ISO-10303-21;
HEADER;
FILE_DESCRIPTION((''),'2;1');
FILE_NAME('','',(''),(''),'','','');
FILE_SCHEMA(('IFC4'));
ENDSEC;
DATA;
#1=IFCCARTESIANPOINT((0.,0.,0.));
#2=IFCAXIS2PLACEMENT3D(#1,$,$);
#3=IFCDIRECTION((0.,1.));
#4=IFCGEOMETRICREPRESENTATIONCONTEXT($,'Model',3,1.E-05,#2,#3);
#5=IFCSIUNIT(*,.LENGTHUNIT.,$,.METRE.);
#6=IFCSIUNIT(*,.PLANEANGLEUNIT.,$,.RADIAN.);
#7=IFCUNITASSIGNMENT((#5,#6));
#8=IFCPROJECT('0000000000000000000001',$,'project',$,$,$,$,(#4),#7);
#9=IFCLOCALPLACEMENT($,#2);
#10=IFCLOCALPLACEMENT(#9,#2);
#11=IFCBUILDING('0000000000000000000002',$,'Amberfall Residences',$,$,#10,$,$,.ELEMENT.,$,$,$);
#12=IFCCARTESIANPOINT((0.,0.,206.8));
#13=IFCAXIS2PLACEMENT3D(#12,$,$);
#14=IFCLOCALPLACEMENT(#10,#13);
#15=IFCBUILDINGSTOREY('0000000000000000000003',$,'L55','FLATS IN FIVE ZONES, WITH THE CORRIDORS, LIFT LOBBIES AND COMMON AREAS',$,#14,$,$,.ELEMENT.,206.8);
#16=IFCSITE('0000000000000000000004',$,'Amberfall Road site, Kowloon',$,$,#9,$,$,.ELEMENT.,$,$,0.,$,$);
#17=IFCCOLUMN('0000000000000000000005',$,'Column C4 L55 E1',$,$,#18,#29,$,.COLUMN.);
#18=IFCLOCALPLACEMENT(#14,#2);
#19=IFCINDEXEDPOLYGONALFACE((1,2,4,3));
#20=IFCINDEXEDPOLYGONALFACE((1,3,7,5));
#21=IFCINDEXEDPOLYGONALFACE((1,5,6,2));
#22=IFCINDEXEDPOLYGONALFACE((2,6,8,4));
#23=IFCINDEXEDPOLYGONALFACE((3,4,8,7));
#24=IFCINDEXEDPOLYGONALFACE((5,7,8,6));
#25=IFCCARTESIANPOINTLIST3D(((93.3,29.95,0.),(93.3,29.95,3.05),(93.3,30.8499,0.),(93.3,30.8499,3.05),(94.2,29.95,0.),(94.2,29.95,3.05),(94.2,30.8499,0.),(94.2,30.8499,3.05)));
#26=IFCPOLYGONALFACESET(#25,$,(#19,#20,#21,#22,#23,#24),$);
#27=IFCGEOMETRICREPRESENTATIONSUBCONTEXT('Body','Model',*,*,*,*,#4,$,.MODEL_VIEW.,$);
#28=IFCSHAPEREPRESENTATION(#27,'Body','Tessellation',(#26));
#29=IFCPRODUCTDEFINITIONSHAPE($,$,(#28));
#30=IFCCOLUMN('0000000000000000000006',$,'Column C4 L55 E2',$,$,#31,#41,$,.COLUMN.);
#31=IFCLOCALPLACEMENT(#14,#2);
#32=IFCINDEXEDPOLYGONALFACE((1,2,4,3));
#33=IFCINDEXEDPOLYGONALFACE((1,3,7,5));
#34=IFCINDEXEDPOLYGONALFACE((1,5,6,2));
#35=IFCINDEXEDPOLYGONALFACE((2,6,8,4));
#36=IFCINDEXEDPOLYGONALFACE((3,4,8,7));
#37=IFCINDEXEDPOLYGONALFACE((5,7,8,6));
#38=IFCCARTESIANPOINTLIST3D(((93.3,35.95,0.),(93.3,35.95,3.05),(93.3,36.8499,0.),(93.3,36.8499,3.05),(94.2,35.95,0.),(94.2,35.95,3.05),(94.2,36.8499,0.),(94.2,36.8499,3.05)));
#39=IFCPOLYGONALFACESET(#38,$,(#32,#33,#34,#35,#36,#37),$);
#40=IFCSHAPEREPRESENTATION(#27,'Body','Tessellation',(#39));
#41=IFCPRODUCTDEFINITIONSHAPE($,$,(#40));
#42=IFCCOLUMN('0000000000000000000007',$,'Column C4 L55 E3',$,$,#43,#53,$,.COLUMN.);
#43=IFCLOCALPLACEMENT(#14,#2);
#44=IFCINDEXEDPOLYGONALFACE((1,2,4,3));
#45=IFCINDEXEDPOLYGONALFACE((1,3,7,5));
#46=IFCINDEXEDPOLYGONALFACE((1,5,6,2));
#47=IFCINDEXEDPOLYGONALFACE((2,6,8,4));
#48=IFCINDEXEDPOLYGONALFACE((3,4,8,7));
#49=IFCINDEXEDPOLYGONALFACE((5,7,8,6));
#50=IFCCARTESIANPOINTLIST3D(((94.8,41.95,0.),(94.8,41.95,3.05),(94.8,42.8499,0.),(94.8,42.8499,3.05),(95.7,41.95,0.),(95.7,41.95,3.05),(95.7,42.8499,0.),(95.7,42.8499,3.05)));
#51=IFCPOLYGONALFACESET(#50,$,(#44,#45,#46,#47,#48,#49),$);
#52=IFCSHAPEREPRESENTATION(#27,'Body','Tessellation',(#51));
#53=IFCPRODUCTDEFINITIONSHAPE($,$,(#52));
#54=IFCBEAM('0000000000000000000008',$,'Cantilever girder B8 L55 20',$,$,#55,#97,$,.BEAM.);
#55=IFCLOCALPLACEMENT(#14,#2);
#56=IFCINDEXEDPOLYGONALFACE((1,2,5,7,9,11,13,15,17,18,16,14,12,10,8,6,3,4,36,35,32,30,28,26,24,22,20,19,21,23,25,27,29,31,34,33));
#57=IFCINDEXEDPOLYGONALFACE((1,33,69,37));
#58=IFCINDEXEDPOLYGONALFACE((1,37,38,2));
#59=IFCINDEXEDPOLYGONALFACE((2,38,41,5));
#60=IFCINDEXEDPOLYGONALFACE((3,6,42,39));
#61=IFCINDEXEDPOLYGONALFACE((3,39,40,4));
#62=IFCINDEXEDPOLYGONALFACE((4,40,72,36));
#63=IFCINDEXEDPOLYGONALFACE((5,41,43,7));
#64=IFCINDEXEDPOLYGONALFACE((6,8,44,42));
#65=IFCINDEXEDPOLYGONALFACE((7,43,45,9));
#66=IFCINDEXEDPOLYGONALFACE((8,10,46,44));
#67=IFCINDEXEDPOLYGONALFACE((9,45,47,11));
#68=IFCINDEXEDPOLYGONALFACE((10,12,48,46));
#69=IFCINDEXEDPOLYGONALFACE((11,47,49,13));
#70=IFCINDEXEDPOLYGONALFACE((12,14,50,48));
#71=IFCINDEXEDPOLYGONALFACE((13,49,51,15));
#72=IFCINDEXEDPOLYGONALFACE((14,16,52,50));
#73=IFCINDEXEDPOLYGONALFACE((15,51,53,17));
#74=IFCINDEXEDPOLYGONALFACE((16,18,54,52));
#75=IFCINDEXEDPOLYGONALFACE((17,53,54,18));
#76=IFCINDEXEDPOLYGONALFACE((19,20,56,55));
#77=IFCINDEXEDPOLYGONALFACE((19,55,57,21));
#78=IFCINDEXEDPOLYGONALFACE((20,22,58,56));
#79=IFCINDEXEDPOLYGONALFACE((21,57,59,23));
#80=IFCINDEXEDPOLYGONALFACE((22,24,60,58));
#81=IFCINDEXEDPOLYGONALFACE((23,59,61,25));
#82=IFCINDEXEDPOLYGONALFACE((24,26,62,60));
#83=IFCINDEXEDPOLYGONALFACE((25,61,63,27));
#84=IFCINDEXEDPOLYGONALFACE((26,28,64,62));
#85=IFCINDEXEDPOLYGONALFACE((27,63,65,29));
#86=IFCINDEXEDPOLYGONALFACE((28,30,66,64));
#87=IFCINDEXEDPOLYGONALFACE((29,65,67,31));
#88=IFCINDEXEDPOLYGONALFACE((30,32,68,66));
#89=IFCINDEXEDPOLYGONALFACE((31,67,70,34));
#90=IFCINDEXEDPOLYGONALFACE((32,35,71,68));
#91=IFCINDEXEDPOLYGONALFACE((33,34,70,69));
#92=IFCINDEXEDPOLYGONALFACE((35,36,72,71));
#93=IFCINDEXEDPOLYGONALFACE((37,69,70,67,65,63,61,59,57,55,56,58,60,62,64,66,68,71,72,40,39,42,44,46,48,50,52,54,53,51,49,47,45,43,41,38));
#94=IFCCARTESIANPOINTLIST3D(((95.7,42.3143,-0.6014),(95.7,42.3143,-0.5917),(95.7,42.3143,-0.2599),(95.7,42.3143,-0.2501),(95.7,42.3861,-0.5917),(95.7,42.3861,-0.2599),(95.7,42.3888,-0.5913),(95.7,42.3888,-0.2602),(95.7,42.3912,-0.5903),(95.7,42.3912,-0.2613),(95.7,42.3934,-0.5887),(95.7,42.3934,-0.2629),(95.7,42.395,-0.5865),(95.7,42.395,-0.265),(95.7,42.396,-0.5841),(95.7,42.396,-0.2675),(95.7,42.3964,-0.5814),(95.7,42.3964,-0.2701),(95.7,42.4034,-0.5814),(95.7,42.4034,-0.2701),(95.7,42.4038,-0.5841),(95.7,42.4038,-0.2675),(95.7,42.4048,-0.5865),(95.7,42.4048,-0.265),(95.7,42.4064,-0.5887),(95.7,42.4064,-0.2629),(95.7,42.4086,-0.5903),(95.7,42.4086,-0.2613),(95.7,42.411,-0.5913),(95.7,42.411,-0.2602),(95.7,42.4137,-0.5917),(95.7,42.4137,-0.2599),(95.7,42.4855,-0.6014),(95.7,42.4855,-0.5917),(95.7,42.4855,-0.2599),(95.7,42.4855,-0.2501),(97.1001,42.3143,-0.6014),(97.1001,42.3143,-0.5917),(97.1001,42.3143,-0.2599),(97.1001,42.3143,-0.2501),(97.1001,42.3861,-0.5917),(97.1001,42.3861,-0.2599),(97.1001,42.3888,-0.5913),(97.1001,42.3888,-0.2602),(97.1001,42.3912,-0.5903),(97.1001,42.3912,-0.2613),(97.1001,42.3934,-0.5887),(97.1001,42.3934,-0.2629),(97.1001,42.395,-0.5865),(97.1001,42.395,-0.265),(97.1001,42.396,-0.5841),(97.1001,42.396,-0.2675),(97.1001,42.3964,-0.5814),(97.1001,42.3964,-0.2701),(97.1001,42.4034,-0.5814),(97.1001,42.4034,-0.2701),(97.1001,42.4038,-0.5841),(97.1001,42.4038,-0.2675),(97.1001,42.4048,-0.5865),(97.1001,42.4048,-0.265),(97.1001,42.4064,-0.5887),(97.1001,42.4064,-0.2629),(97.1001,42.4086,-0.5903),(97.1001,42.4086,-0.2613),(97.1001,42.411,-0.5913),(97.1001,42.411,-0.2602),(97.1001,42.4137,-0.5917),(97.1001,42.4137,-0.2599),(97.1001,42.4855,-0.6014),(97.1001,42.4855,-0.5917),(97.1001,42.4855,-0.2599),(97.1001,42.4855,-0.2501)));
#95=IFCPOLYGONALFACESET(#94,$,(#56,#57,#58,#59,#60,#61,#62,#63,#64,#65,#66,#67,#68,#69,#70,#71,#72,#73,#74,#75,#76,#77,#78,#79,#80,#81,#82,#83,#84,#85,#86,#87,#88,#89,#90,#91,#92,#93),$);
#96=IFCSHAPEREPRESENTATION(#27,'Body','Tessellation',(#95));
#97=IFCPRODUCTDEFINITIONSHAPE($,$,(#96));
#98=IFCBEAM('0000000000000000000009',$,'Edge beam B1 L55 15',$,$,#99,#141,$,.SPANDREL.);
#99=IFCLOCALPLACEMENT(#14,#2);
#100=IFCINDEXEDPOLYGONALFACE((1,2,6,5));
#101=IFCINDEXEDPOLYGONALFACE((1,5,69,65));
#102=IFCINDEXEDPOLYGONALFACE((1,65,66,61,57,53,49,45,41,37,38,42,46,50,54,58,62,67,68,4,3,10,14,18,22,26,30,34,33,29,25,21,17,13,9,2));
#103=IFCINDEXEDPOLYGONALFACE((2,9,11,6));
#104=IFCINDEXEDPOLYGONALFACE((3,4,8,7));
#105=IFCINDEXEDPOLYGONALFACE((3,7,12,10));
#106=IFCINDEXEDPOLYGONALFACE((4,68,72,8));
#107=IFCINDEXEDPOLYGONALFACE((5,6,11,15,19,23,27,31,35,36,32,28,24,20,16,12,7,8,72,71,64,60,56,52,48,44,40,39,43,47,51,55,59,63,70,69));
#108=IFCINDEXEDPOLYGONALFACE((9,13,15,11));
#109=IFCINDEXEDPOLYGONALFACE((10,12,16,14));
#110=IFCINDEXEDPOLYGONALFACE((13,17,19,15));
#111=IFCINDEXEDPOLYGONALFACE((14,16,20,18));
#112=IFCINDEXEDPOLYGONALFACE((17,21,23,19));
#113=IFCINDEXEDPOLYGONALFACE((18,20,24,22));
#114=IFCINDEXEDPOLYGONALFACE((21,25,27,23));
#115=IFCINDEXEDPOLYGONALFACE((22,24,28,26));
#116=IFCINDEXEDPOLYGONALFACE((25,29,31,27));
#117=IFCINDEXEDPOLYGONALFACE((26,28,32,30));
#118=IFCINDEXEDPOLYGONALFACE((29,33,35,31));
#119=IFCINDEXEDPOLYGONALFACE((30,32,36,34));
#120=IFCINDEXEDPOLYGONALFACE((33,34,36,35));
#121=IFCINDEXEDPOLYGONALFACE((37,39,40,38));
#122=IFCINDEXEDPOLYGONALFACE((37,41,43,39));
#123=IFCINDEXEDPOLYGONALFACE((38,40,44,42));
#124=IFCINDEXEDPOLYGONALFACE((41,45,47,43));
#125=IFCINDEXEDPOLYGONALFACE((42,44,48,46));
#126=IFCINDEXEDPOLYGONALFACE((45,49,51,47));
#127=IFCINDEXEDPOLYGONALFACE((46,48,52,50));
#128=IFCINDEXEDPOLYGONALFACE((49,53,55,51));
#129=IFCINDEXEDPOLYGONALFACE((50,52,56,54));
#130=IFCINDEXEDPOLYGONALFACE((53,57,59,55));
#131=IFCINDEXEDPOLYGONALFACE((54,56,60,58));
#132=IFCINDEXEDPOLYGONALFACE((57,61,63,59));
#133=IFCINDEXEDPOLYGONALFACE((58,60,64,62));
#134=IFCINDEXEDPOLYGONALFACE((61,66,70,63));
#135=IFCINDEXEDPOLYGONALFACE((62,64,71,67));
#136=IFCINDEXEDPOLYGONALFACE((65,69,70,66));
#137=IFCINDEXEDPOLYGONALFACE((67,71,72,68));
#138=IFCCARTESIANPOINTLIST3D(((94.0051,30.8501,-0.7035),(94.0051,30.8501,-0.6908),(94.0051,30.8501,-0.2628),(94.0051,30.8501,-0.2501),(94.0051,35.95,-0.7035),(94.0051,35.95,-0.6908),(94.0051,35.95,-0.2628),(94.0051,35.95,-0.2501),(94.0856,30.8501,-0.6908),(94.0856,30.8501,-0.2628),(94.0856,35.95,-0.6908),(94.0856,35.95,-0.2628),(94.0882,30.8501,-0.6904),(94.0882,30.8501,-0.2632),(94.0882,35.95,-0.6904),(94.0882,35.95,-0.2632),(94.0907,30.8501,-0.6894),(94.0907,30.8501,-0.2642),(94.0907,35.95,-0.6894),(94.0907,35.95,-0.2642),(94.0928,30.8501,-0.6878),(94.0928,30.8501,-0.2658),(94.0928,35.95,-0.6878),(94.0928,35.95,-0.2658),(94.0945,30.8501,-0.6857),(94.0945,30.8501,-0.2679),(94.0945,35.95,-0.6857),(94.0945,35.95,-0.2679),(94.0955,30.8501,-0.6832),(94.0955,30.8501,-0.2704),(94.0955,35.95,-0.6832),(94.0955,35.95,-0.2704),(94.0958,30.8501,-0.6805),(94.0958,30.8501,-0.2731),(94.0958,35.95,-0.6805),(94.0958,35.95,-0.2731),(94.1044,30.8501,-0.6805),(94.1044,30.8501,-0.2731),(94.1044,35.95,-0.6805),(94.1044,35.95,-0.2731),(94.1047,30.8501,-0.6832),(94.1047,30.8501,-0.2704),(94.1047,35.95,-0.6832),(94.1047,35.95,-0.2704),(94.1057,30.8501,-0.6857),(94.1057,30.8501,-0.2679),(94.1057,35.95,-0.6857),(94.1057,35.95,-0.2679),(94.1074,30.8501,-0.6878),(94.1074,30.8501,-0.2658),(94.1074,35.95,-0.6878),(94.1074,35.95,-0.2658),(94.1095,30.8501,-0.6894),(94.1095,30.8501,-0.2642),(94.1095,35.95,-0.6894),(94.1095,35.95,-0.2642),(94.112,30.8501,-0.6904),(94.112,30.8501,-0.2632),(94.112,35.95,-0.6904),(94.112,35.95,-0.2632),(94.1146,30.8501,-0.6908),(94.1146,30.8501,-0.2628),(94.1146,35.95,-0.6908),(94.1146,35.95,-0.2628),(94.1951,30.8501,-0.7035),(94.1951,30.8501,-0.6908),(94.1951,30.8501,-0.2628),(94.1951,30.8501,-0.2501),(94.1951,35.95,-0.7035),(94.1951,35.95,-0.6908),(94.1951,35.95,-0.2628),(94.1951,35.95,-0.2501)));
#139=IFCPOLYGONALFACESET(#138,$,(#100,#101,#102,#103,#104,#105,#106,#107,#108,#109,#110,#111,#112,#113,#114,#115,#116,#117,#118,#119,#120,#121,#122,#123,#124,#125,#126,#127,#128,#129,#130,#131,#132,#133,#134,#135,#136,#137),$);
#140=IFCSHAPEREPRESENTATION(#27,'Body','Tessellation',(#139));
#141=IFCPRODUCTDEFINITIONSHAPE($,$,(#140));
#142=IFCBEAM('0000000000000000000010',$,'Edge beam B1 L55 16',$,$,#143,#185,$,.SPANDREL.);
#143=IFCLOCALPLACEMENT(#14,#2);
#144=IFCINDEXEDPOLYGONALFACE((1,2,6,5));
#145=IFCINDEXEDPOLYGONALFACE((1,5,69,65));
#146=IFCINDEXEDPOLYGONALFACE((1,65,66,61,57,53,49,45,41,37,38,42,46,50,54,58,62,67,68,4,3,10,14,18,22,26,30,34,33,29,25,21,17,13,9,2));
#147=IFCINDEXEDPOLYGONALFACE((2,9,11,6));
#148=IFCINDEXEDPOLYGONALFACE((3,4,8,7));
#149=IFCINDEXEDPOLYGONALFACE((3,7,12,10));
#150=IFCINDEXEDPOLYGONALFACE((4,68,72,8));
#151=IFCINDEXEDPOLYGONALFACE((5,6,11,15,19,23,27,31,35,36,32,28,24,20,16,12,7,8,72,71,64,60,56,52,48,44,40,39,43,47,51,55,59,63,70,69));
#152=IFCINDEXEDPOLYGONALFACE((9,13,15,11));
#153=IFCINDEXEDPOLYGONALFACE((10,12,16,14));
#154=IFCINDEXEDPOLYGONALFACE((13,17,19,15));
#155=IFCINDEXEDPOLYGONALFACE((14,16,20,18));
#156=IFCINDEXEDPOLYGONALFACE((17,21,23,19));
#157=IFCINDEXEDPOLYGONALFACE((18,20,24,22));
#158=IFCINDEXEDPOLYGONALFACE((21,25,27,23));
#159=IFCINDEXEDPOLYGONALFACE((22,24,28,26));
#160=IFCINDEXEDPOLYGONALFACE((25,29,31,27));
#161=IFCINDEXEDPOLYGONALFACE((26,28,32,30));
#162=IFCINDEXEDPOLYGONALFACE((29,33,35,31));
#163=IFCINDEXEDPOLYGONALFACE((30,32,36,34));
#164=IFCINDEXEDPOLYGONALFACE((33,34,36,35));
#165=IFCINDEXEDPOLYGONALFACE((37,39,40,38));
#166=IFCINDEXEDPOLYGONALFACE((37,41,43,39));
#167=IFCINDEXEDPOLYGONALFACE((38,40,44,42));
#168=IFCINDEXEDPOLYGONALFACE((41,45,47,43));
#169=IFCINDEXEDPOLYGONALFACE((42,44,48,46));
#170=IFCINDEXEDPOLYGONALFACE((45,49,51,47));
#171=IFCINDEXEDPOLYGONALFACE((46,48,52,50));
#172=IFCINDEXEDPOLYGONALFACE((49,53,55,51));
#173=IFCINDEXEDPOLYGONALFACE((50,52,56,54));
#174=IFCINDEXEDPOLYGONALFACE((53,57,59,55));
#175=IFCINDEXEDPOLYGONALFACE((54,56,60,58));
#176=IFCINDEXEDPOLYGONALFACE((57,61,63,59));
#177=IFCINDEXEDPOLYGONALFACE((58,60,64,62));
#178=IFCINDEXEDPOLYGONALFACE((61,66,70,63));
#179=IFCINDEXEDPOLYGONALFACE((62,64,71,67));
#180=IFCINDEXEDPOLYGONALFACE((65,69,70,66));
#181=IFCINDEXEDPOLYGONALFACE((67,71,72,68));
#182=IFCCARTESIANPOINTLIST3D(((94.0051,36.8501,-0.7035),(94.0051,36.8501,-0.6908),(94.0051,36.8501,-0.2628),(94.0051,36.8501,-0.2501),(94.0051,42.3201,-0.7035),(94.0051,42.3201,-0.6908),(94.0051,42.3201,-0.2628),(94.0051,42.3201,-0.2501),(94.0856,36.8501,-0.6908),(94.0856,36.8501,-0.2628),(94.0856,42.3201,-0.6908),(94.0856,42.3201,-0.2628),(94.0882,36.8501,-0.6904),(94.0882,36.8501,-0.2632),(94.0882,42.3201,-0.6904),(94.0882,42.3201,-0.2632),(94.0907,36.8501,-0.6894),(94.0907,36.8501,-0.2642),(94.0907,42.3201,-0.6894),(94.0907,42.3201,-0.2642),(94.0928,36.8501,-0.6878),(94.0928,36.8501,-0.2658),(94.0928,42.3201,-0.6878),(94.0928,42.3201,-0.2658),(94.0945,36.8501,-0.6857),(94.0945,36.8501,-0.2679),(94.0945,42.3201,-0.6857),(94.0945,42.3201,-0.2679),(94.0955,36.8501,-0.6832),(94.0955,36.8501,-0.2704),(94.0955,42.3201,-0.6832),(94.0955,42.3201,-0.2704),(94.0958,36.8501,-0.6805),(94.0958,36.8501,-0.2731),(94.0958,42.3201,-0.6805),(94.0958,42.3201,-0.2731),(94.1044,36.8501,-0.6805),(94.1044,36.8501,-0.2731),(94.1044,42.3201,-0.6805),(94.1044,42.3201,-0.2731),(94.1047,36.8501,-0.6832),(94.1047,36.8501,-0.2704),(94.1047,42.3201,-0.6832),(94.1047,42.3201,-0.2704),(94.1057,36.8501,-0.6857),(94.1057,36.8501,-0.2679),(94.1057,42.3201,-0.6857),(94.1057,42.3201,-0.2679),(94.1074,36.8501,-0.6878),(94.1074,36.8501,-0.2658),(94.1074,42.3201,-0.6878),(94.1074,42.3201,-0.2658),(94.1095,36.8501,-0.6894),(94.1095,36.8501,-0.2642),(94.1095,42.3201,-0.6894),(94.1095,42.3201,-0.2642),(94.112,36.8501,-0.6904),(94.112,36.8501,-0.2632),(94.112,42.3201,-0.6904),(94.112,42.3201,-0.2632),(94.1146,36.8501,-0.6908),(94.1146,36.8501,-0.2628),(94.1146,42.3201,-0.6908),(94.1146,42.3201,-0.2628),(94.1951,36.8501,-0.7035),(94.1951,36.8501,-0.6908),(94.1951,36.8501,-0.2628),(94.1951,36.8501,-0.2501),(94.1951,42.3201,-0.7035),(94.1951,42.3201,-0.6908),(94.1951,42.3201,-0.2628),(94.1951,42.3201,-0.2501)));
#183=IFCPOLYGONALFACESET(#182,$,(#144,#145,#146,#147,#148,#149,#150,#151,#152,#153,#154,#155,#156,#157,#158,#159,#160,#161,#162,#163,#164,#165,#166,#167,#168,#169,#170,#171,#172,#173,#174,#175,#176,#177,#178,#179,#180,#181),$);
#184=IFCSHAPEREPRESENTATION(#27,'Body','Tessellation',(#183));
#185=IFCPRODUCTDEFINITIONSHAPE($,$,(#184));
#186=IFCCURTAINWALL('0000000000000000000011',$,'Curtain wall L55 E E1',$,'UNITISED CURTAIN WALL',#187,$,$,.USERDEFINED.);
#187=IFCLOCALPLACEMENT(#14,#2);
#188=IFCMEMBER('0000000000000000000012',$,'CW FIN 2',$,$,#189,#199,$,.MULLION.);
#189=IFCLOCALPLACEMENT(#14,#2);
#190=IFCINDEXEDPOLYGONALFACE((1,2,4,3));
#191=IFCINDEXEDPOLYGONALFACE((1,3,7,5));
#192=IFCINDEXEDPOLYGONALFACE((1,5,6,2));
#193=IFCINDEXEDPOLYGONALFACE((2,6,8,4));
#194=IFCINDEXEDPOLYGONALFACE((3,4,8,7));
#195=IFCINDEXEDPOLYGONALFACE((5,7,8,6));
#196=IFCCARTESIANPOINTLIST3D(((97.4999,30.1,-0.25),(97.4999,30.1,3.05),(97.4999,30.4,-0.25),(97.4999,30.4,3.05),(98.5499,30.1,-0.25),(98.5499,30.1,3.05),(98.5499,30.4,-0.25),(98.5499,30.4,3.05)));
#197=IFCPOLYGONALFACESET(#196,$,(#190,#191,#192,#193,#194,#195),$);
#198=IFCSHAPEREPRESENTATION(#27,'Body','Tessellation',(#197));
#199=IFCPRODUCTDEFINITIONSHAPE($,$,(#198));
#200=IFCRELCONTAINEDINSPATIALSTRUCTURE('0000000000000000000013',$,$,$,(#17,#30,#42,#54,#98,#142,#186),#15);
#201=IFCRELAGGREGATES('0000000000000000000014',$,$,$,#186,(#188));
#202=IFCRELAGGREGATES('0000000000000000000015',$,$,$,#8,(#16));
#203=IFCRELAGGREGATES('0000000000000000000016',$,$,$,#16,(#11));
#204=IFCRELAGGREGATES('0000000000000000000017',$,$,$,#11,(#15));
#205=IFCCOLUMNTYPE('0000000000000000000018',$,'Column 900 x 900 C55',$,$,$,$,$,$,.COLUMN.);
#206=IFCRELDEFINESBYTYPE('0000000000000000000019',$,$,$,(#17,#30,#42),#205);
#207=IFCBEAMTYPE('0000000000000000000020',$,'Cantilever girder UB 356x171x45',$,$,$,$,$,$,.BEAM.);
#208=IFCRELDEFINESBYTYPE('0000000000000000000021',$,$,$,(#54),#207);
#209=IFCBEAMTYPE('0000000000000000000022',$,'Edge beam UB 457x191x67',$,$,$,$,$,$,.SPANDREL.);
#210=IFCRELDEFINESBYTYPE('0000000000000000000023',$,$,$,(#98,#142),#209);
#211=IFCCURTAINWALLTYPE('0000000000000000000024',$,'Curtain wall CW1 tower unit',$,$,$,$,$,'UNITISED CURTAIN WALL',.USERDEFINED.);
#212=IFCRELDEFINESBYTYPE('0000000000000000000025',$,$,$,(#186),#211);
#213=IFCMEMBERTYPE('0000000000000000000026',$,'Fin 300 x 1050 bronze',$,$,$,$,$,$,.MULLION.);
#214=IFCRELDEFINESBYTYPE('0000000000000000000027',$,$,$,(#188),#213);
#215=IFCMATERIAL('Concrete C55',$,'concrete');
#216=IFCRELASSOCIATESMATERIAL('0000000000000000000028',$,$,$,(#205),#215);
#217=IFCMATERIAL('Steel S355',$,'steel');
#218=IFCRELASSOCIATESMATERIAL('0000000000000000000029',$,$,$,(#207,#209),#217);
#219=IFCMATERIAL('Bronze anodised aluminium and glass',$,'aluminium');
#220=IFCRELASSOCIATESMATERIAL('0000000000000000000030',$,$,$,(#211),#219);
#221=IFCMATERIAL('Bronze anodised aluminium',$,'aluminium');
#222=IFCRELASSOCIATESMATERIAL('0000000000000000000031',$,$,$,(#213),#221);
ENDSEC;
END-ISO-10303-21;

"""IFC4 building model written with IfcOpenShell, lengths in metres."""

from ifc_helpers import new_model, si_unit, direction, frame, origin, origin_2d, place, context, subcontext, project, spatial, rectangle, i_section, extrude, material, material_profile, profile_set, type_object, element, aggregate, save


model = new_model("IFC4")

# Units and contexts
model_context = context("Model", 3, precision=1e-05, world=origin(), true_north=direction((0.0, 1.0)))
body_context = subcontext(model_context, "Body", "Model", "MODEL_VIEW")
ifc_project = project(units=[si_unit("LENGTHUNIT", "METRE"), si_unit("PLANEANGLEUNIT", "RADIAN")], contexts=[model_context])

# Site, building, storey
site_placement = place(None, origin())
site = spatial("IfcSite", under=ifc_project, at=site_placement, Name="Amberfall Road site, Kowloon", CompositionType="ELEMENT", RefElevation=0.0)
building_placement = place(site_placement, origin())
building = spatial("IfcBuilding", under=site, at=building_placement, Name="Amberfall Residences", CompositionType="ELEMENT")
storey_placement = place(building_placement, frame((0.0, 0.0, 206.8)))
storey = spatial("IfcBuildingStorey", under=building, at=storey_placement, Name="L55", Description="FLATS IN FIVE ZONES, WITH THE CORRIDORS, LIFT LOBBIES AND COMMON AREAS", CompositionType="ELEMENT", Elevation=206.8)

# Columns
ifc_material_1 = material(Name="Concrete C55", Category="concrete")
ifc_material_profile_1 = material_profile(ifc_material_1, rectangle(XDim=0.8999, YDim=0.8999, at=origin_2d()), Name="Column 900 x 900 C55")
ifc_profile_set_1 = profile_set([ifc_material_profile_1], Name="Concrete C55")
column_type = type_object("IfcColumnType", Name="Column 900 x 900 C55", PredefinedType="COLUMN", material=ifc_profile_set_1)
for number, where, z_axis, x_axis, name in (
    (1, (93.75, 30.3999, 0.0), (0.0, 0.0, 1.0), (1.0, 0.0, 0.0), "Column C4 L55 E1"),
    (2, (93.75, 36.3999, 0.0), (0.0, 0.0, 1.0), (1.0, 0.0, 0.0), "Column C4 L55 E2"),
    (3, (95.25, 42.3999, 0.0), (0.0, 0.0, 1.0), (1.0, 0.0, 0.0), "Column C4 L55 E3"),
):
    element("IfcColumn", number, at=place(storey_placement, frame(where, z_axis=z_axis, x_axis=x_axis)), inside=storey, type_object=column_type, Name=name, PredefinedType="COLUMN", context=body_context, shape_type="SweptSolid", body=[
        extrude(rectangle(XDim=0.8999, YDim=0.8999, at=origin_2d()), origin(), (0.0, 0.0, 1.0), 3.05),
    ])

# Beams
ifc_material_2 = material(Name="Steel S355", Category="steel")
ifc_material_profile_2 = material_profile(ifc_material_2, i_section(OverallWidth=0.1711, OverallDepth=0.3513, WebThickness=0.0071, FlangeThickness=0.0098, FilletRadius=0.0103, at=origin_2d()), Name="UB 356x171x45")
ifc_profile_set_2 = profile_set([ifc_material_profile_2], Name="Steel S355")
beam_type_1 = type_object("IfcBeamType", Name="Cantilever girder UB 356x171x45", PredefinedType="BEAM", material=ifc_profile_set_2)
beam_1_placement = place(storey_placement, frame((95.7, 42.3999, -0.4258), z_axis=(1.0, 0.0, 0.0), x_axis=(0.0, 1.0, 0.0)))
element("IfcBeam", 4, at=beam_1_placement, inside=storey, type_object=beam_type_1, Name="Cantilever girder B8 L55 20", PredefinedType="BEAM", context=body_context, shape_type="SweptSolid", body=[
    extrude(i_section(OverallWidth=0.1711, OverallDepth=0.3513, WebThickness=0.0071, FlangeThickness=0.0098, FilletRadius=0.0103, at=origin_2d()), origin(), (0.0, 0.0, 1.0), 1.4001),
])
ifc_material_profile_3 = material_profile(ifc_material_2, i_section(OverallWidth=0.1899, OverallDepth=0.4534, WebThickness=0.0085, FlangeThickness=0.0127, FilletRadius=0.0103, at=origin_2d()), Name="UB 457x191x67")
ifc_profile_set_3 = profile_set([ifc_material_profile_3], Name="Steel S355")
beam_type_2 = type_object("IfcBeamType", Name="Edge beam UB 457x191x67", PredefinedType="SPANDREL", material=ifc_profile_set_3)
beam_2_placement = place(storey_placement, frame((94.1001, 30.8501, -0.4768), z_axis=(0.0, 1.0, 0.0), x_axis=(-1.0, 0.0, 0.0)))
element("IfcBeam", 5, at=beam_2_placement, inside=storey, type_object=beam_type_2, Name="Edge beam B1 L55 15", PredefinedType="SPANDREL", context=body_context, shape_type="SweptSolid", body=[
    extrude(i_section(OverallWidth=0.1899, OverallDepth=0.4534, WebThickness=0.0085, FlangeThickness=0.0127, FilletRadius=0.0103, at=origin_2d()), origin(), (0.0, 0.0, 1.0), 5.0999),
])
beam_3_placement = place(storey_placement, frame((94.1001, 36.8501, -0.4768), z_axis=(0.0, 1.0, 0.0), x_axis=(-1.0, 0.0, 0.0)))
element("IfcBeam", 6, at=beam_3_placement, inside=storey, type_object=beam_type_2, Name="Edge beam B1 L55 16", PredefinedType="SPANDREL", context=body_context, shape_type="SweptSolid", body=[
    extrude(i_section(OverallWidth=0.1899, OverallDepth=0.4534, WebThickness=0.0085, FlangeThickness=0.0127, FilletRadius=0.0103, at=origin_2d()), origin(), (0.0, 0.0, 1.0), 5.47),
])

# Curtain wall, member
ifc_material_3 = material(Name="Bronze anodised aluminium and glass", Category="aluminium")
curtain_wall_type = type_object("IfcCurtainWallType", Name="Curtain wall CW1 tower unit", ElementType="UNITISED CURTAIN WALL", PredefinedType="USERDEFINED", material=ifc_material_3)
curtain_wall_placement = place(storey_placement, origin())
curtain_wall = element("IfcCurtainWall", 7, at=curtain_wall_placement, inside=storey, type_object=curtain_wall_type, Name="Curtain wall L55 E E1", ObjectType="UNITISED CURTAIN WALL", PredefinedType="USERDEFINED")
ifc_material_4 = material(Name="Bronze anodised aluminium", Category="aluminium")
ifc_material_profile_4 = material_profile(ifc_material_4, rectangle(XDim=1.05, YDim=0.3, at=origin_2d()), Name="Fin 300 x 1050 bronze")
ifc_profile_set_4 = profile_set([ifc_material_profile_4], Name="Bronze anodised aluminium")
member_type = type_object("IfcMemberType", Name="Fin 300 x 1050 bronze", PredefinedType="MULLION", material=ifc_profile_set_4)
member_placement = place(storey_placement, frame((98.0249, 30.25, -0.25), z_axis=(0.0, 0.0, 1.0), x_axis=(-1.0, 0.0, 0.0)))
member = element("IfcMember", 8, at=member_placement, type_object=member_type, Name="CW FIN 2", PredefinedType="MULLION", context=body_context, shape_type="SweptSolid", body=[
    extrude(rectangle(XDim=1.05, YDim=0.3, at=origin_2d()), origin(), (0.0, 0.0, 1.0), 3.3),
])
aggregate(curtain_wall, [member])

save(model, "model.ifc")
